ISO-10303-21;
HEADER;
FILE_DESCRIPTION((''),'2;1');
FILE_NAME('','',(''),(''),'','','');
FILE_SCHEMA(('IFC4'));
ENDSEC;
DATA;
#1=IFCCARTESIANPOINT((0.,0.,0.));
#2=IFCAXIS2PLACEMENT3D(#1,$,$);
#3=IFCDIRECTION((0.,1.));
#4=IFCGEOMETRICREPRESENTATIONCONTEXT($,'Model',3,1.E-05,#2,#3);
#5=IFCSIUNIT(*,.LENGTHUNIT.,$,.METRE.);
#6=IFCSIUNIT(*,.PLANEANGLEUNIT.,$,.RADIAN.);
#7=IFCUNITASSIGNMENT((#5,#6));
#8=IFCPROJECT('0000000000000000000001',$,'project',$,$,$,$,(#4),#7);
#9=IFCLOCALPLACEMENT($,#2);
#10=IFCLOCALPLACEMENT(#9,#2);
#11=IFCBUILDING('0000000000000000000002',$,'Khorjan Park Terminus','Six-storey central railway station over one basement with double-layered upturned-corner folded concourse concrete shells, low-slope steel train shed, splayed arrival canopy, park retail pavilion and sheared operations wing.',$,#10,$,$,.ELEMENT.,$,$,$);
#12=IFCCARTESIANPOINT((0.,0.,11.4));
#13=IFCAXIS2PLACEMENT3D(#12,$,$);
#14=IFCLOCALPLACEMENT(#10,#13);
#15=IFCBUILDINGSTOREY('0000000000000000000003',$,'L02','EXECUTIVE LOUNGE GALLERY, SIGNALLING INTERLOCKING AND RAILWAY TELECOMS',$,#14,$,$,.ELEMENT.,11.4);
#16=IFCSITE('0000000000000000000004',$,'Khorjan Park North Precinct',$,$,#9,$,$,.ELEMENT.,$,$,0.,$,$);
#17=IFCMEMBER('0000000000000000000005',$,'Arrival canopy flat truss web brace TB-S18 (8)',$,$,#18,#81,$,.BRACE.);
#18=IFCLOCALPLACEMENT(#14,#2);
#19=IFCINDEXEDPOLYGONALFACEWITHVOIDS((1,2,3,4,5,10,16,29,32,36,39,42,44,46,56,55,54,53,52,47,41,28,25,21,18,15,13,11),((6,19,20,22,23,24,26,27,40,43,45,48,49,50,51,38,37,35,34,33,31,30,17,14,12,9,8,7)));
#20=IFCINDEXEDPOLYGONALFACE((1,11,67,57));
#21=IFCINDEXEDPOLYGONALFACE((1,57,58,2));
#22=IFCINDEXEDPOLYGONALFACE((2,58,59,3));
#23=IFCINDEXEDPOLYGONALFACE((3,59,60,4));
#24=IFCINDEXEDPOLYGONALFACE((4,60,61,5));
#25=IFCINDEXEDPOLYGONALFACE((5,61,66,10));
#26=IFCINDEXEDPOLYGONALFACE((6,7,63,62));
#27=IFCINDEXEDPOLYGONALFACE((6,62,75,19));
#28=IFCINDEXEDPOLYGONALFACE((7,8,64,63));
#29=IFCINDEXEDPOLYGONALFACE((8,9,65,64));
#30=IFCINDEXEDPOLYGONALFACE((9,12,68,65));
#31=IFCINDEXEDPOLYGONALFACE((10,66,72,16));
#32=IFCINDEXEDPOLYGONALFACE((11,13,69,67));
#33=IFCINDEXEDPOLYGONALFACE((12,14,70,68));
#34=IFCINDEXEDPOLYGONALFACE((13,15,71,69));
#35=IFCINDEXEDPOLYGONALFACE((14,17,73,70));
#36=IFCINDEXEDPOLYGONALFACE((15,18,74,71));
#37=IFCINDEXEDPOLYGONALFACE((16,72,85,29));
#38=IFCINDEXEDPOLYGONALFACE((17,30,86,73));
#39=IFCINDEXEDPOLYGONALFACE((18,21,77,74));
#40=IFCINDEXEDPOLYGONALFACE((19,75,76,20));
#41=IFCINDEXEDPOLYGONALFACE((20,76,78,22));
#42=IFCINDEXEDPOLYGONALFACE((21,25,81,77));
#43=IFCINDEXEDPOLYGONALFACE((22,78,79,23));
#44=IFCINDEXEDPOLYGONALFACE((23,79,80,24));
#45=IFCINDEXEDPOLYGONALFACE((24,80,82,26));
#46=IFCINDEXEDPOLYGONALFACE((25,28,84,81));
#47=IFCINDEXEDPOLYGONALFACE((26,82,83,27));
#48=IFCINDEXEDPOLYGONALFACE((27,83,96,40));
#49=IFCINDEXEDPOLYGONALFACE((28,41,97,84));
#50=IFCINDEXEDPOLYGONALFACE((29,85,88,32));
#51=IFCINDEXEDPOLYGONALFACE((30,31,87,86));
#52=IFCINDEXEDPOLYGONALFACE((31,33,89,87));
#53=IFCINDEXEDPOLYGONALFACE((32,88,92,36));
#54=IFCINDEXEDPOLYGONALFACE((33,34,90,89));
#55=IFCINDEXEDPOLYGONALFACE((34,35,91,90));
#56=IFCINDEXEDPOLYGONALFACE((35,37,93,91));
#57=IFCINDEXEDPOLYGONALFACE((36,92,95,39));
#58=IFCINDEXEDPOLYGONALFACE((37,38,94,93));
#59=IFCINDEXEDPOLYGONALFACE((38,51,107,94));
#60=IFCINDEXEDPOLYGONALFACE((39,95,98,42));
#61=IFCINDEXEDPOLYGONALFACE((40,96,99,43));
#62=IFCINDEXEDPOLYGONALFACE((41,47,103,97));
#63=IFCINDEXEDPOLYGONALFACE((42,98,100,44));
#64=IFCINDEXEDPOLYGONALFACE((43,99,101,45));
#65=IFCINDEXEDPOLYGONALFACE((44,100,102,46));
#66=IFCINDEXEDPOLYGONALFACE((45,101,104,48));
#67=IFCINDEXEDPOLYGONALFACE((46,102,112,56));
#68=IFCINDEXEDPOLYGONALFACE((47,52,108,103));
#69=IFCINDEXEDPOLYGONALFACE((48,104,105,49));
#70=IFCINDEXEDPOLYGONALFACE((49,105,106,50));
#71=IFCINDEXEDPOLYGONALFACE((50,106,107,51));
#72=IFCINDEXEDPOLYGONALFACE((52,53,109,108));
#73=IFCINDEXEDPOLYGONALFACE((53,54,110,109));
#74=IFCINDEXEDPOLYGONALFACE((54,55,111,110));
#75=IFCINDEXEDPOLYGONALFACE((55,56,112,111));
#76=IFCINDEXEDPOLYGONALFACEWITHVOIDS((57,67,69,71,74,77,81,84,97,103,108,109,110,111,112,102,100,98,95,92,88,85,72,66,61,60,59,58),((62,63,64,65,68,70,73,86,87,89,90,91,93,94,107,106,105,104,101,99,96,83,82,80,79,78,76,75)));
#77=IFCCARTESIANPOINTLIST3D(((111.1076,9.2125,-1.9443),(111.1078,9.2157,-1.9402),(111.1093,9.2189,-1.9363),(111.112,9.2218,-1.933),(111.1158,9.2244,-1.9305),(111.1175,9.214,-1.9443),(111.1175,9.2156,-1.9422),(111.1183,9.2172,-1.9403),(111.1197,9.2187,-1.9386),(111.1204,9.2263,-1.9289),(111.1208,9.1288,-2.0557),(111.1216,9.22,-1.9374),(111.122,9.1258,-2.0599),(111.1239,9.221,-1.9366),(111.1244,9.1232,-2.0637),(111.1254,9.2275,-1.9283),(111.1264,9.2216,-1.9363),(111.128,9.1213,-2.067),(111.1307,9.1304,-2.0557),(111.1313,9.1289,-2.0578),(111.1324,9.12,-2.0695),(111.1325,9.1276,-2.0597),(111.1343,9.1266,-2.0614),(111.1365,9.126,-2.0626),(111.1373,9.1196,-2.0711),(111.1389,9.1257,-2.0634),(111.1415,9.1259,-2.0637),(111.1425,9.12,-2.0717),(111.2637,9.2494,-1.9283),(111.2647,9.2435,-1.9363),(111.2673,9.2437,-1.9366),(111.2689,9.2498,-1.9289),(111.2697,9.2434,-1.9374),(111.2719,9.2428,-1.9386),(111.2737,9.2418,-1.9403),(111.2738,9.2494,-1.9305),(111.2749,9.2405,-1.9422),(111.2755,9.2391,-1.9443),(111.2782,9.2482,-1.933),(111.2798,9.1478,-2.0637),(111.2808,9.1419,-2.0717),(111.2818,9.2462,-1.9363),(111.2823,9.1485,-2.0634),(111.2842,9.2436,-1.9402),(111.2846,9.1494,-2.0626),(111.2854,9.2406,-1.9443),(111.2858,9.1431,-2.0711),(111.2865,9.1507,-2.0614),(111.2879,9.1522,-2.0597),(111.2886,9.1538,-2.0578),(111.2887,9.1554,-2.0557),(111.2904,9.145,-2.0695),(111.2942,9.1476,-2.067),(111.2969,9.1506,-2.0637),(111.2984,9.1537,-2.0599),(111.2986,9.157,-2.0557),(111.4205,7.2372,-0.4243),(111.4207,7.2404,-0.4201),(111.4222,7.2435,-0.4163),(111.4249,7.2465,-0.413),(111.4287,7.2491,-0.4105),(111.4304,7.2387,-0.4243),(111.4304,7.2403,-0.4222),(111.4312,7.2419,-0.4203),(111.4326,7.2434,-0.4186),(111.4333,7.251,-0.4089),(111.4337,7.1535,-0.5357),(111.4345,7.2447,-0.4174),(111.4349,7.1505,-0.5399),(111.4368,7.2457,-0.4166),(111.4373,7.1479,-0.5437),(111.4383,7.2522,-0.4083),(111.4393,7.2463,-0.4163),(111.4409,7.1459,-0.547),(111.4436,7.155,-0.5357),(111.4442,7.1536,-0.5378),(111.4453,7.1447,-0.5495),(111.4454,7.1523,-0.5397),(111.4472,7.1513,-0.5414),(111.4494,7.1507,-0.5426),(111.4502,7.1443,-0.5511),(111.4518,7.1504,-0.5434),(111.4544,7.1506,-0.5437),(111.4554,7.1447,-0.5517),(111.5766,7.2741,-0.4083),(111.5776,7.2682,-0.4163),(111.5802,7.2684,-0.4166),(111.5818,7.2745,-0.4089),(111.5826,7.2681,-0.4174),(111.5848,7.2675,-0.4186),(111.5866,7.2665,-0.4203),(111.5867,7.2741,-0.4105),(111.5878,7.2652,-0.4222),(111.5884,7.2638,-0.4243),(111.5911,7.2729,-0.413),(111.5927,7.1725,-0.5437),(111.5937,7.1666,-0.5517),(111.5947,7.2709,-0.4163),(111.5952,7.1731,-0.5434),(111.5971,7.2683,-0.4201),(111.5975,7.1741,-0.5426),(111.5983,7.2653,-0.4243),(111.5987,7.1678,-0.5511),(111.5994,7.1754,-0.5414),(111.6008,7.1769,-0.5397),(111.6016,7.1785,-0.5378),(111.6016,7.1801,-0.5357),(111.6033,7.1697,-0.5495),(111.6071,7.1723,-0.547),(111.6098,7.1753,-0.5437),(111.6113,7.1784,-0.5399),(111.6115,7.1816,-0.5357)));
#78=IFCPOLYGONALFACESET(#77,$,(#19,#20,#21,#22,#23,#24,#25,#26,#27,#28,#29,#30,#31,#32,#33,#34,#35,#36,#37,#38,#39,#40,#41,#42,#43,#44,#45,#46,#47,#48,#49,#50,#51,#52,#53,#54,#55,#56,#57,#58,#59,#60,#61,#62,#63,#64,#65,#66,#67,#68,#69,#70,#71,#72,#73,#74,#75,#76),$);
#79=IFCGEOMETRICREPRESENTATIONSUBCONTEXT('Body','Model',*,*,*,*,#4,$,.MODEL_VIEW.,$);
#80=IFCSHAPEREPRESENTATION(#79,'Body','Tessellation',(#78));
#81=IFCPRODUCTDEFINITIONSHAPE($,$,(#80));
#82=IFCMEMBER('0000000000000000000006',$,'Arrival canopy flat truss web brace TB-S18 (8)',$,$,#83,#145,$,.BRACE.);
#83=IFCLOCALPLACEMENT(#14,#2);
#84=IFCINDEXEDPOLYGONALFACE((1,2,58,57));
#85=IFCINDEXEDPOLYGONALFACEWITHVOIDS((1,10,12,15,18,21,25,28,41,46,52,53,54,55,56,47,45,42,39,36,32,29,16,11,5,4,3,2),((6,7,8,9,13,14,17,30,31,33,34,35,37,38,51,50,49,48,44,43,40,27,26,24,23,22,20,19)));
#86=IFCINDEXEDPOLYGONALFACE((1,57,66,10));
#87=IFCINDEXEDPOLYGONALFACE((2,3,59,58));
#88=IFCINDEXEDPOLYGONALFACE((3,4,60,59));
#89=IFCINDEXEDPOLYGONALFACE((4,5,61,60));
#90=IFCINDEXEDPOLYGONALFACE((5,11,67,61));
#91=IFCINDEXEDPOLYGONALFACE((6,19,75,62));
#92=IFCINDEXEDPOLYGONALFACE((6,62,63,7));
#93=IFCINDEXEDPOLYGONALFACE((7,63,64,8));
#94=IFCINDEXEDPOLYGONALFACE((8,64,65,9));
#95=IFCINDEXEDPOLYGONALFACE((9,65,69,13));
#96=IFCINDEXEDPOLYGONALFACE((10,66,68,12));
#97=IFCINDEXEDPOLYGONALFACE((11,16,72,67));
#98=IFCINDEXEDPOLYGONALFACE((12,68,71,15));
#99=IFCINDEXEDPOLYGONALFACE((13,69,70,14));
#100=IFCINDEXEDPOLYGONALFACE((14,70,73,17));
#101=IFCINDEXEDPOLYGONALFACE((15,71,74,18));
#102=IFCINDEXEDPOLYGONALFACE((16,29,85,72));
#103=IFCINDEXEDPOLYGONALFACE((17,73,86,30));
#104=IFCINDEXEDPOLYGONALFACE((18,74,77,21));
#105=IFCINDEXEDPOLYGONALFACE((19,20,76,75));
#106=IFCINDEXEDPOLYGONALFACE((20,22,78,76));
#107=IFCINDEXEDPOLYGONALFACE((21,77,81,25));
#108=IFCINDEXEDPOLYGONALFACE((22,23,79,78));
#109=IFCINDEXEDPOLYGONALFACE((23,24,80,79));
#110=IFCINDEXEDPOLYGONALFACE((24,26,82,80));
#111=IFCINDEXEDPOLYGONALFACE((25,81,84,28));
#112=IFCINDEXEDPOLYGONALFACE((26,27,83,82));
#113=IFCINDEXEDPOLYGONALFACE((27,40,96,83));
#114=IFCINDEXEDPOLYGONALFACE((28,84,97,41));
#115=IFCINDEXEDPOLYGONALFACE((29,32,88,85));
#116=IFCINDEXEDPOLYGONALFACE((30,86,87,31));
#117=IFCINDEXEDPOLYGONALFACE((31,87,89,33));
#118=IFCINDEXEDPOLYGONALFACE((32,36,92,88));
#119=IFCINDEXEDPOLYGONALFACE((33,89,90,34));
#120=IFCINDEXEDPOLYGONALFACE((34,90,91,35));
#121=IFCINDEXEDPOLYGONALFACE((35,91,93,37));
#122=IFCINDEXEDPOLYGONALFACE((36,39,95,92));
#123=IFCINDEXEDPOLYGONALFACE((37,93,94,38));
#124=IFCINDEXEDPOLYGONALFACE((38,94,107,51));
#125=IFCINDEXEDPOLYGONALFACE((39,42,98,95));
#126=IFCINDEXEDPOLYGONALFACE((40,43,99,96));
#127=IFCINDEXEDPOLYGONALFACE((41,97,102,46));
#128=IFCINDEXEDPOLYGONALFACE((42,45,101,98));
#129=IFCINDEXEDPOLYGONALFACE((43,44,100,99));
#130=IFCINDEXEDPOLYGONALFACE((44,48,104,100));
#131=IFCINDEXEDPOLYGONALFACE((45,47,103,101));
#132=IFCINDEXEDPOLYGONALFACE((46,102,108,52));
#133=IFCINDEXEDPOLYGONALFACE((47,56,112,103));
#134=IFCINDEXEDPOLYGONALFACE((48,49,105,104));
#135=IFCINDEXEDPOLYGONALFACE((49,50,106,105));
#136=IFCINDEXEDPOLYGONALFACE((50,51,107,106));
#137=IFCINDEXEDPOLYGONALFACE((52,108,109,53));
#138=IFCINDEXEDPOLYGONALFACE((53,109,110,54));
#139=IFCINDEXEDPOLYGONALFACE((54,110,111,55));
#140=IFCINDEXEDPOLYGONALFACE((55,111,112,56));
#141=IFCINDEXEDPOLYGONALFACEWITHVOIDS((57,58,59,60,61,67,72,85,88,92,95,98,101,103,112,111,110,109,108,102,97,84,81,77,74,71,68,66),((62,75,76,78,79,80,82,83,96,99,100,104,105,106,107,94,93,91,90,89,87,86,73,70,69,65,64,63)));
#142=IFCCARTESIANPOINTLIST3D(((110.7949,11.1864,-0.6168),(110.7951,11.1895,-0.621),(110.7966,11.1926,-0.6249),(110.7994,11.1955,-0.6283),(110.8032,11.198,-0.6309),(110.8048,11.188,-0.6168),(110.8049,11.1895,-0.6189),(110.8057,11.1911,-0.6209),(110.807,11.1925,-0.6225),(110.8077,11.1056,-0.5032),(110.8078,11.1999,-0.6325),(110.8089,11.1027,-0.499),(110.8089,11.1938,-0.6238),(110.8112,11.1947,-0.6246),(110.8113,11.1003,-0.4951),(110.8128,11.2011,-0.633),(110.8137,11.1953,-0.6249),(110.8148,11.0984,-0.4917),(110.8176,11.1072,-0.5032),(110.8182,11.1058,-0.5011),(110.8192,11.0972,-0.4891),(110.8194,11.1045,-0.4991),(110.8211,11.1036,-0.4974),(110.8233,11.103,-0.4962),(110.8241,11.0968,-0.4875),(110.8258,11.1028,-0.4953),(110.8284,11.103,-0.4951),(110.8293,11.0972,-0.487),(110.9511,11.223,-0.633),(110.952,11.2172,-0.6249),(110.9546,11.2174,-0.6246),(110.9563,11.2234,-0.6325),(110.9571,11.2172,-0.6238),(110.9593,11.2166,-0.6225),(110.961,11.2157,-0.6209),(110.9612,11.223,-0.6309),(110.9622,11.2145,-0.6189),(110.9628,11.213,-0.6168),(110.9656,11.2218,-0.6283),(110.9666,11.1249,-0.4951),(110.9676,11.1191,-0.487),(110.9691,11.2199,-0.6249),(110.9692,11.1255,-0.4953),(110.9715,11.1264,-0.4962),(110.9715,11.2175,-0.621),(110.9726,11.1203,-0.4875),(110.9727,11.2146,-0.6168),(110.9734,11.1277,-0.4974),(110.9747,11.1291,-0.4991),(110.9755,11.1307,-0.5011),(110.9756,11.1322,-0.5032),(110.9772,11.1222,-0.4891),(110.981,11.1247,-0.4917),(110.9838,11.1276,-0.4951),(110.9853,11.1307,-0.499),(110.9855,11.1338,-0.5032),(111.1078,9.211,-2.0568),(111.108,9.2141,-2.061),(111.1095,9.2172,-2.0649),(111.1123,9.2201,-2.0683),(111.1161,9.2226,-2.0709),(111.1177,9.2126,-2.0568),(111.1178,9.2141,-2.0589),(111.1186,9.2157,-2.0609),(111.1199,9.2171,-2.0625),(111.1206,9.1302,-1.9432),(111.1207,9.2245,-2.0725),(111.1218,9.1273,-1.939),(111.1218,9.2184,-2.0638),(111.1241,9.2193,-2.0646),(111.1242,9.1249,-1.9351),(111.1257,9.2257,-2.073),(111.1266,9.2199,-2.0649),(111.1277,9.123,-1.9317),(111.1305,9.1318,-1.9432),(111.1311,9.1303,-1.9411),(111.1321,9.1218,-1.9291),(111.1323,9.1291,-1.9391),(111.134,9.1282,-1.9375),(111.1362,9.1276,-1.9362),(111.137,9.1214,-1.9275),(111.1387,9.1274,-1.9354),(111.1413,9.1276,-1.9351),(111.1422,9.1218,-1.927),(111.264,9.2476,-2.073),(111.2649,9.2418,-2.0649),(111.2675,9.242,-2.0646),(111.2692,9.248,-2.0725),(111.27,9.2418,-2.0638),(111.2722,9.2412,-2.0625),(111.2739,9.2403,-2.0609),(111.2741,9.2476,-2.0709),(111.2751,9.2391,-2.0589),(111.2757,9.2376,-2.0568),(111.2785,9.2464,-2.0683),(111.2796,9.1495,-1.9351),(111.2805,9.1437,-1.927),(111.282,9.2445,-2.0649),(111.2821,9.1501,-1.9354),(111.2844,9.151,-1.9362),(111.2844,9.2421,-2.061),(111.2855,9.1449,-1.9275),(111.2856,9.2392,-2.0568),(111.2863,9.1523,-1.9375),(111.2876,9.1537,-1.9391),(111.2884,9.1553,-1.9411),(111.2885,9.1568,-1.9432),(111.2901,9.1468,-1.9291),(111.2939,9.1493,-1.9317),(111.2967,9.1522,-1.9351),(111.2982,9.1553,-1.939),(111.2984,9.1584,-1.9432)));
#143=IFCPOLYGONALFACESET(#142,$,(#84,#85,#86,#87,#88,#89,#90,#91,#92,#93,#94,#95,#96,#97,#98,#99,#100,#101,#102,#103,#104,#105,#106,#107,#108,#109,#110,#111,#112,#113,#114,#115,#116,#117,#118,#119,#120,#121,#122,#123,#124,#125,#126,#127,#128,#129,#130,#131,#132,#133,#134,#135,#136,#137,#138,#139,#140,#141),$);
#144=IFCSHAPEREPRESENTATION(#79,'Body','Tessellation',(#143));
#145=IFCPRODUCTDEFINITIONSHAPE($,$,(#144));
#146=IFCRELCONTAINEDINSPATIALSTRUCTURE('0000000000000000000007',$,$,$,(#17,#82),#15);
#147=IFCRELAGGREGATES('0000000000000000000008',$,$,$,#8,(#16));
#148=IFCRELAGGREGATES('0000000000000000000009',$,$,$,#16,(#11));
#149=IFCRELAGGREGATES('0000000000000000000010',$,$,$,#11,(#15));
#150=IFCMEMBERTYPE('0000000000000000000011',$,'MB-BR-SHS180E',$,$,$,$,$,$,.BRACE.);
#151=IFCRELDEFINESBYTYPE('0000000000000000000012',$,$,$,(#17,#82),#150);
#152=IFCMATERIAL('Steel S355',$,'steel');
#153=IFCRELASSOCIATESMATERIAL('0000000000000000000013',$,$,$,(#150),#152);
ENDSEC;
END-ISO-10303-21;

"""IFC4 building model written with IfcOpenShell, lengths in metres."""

from ifc_helpers import new_model, si_unit, direction, frame, origin, origin_2d, place, context, subcontext, project, spatial, hollow_rectangle, extrude, material, material_profile, profile_set, type_object, element, save


model = new_model("IFC4")

# Units and contexts
model_context = context("Model", 3, precision=1e-05, world=origin(), true_north=direction((0.0, 1.0)))
body_context = subcontext(model_context, "Body", "Model", "MODEL_VIEW")
ifc_project = project(units=[si_unit("LENGTHUNIT", "METRE"), si_unit("PLANEANGLEUNIT", "RADIAN")], contexts=[model_context])

# Site, building, storey
site_placement = place(None, origin())
site = spatial("IfcSite", under=ifc_project, at=site_placement, Name="Khorjan Park North Precinct", CompositionType="ELEMENT", RefElevation=0.0)
building_placement = place(site_placement, origin())
building = spatial("IfcBuilding", under=site, at=building_placement, Name="Khorjan Park Terminus", Description="Six-storey central railway station over one basement with double-layered upturned-corner folded concourse concrete shells, low-slope steel train shed, splayed arrival canopy, park retail pavilion and sheared operations wing.", CompositionType="ELEMENT")
storey_placement = place(building_placement, frame((0.0, 0.0, 11.4)))
storey = spatial("IfcBuildingStorey", under=building, at=storey_placement, Name="L02", Description="EXECUTIVE LOUNGE GALLERY, SIGNALLING INTERLOCKING AND RAILWAY TELECOMS", CompositionType="ELEMENT", Elevation=11.4)

# Members
ifc_material_1 = material(Name="Steel S355", Category="steel")
ifc_material_profile_1 = material_profile(ifc_material_1, hollow_rectangle(XDim=0.18, YDim=0.18, WallThickness=0.01, InnerFilletRadius=0.01, OuterFilletRadius=0.02, at=origin_2d()), Name="SHS 180x180x10")
ifc_profile_set_1 = profile_set([ifc_material_profile_1], Name="Steel S355")
member_type_1 = type_object("IfcMemberType", Name="MB-BR-SHS180E", PredefinedType="BRACE", material=ifc_profile_set_1)
member_1_placement = place(storey_placement, frame((111.516, 7.2094, -0.48), z_axis=(-0.124562, 0.786347, -0.605097), x_axis=(-0.987685, -0.156456, 0.0)))
element("IfcMember", 1, at=member_1_placement, inside=storey, type_object=member_type_1, Name="Arrival canopy flat truss web brace TB-S18 (8)", PredefinedType="BRACE", context=body_context, shape_type="SweptSolid", body=[
    extrude(hollow_rectangle(XDim=0.18, YDim=0.18, WallThickness=0.01, InnerFilletRadius=0.01, OuterFilletRadius=0.02, at=origin_2d()), origin(), (0.0, 0.0, 1.0), 2.512),
])
for number, where, z_axis, x_axis, name in (
    (2, (111.2031, 9.1847, -2.0), (-0.126963, 0.801545, 0.584299), (-0.987686, -0.156448, 0.0), "Arrival canopy flat truss web brace TB-S18 (8)"),
):
    element("IfcMember", number, at=place(storey_placement, frame(where, z_axis=z_axis, x_axis=x_axis)), inside=storey, type_object=member_type_1, Name=name, PredefinedType="BRACE", context=body_context, shape_type="SweptSolid", body=[
        extrude(hollow_rectangle(XDim=0.18, YDim=0.18, WallThickness=0.01, InnerFilletRadius=0.01, OuterFilletRadius=0.02, at=origin_2d()), origin(), (0.0, 0.0, 1.0), 2.4645),
    ])

save(model, "model.ifc")
